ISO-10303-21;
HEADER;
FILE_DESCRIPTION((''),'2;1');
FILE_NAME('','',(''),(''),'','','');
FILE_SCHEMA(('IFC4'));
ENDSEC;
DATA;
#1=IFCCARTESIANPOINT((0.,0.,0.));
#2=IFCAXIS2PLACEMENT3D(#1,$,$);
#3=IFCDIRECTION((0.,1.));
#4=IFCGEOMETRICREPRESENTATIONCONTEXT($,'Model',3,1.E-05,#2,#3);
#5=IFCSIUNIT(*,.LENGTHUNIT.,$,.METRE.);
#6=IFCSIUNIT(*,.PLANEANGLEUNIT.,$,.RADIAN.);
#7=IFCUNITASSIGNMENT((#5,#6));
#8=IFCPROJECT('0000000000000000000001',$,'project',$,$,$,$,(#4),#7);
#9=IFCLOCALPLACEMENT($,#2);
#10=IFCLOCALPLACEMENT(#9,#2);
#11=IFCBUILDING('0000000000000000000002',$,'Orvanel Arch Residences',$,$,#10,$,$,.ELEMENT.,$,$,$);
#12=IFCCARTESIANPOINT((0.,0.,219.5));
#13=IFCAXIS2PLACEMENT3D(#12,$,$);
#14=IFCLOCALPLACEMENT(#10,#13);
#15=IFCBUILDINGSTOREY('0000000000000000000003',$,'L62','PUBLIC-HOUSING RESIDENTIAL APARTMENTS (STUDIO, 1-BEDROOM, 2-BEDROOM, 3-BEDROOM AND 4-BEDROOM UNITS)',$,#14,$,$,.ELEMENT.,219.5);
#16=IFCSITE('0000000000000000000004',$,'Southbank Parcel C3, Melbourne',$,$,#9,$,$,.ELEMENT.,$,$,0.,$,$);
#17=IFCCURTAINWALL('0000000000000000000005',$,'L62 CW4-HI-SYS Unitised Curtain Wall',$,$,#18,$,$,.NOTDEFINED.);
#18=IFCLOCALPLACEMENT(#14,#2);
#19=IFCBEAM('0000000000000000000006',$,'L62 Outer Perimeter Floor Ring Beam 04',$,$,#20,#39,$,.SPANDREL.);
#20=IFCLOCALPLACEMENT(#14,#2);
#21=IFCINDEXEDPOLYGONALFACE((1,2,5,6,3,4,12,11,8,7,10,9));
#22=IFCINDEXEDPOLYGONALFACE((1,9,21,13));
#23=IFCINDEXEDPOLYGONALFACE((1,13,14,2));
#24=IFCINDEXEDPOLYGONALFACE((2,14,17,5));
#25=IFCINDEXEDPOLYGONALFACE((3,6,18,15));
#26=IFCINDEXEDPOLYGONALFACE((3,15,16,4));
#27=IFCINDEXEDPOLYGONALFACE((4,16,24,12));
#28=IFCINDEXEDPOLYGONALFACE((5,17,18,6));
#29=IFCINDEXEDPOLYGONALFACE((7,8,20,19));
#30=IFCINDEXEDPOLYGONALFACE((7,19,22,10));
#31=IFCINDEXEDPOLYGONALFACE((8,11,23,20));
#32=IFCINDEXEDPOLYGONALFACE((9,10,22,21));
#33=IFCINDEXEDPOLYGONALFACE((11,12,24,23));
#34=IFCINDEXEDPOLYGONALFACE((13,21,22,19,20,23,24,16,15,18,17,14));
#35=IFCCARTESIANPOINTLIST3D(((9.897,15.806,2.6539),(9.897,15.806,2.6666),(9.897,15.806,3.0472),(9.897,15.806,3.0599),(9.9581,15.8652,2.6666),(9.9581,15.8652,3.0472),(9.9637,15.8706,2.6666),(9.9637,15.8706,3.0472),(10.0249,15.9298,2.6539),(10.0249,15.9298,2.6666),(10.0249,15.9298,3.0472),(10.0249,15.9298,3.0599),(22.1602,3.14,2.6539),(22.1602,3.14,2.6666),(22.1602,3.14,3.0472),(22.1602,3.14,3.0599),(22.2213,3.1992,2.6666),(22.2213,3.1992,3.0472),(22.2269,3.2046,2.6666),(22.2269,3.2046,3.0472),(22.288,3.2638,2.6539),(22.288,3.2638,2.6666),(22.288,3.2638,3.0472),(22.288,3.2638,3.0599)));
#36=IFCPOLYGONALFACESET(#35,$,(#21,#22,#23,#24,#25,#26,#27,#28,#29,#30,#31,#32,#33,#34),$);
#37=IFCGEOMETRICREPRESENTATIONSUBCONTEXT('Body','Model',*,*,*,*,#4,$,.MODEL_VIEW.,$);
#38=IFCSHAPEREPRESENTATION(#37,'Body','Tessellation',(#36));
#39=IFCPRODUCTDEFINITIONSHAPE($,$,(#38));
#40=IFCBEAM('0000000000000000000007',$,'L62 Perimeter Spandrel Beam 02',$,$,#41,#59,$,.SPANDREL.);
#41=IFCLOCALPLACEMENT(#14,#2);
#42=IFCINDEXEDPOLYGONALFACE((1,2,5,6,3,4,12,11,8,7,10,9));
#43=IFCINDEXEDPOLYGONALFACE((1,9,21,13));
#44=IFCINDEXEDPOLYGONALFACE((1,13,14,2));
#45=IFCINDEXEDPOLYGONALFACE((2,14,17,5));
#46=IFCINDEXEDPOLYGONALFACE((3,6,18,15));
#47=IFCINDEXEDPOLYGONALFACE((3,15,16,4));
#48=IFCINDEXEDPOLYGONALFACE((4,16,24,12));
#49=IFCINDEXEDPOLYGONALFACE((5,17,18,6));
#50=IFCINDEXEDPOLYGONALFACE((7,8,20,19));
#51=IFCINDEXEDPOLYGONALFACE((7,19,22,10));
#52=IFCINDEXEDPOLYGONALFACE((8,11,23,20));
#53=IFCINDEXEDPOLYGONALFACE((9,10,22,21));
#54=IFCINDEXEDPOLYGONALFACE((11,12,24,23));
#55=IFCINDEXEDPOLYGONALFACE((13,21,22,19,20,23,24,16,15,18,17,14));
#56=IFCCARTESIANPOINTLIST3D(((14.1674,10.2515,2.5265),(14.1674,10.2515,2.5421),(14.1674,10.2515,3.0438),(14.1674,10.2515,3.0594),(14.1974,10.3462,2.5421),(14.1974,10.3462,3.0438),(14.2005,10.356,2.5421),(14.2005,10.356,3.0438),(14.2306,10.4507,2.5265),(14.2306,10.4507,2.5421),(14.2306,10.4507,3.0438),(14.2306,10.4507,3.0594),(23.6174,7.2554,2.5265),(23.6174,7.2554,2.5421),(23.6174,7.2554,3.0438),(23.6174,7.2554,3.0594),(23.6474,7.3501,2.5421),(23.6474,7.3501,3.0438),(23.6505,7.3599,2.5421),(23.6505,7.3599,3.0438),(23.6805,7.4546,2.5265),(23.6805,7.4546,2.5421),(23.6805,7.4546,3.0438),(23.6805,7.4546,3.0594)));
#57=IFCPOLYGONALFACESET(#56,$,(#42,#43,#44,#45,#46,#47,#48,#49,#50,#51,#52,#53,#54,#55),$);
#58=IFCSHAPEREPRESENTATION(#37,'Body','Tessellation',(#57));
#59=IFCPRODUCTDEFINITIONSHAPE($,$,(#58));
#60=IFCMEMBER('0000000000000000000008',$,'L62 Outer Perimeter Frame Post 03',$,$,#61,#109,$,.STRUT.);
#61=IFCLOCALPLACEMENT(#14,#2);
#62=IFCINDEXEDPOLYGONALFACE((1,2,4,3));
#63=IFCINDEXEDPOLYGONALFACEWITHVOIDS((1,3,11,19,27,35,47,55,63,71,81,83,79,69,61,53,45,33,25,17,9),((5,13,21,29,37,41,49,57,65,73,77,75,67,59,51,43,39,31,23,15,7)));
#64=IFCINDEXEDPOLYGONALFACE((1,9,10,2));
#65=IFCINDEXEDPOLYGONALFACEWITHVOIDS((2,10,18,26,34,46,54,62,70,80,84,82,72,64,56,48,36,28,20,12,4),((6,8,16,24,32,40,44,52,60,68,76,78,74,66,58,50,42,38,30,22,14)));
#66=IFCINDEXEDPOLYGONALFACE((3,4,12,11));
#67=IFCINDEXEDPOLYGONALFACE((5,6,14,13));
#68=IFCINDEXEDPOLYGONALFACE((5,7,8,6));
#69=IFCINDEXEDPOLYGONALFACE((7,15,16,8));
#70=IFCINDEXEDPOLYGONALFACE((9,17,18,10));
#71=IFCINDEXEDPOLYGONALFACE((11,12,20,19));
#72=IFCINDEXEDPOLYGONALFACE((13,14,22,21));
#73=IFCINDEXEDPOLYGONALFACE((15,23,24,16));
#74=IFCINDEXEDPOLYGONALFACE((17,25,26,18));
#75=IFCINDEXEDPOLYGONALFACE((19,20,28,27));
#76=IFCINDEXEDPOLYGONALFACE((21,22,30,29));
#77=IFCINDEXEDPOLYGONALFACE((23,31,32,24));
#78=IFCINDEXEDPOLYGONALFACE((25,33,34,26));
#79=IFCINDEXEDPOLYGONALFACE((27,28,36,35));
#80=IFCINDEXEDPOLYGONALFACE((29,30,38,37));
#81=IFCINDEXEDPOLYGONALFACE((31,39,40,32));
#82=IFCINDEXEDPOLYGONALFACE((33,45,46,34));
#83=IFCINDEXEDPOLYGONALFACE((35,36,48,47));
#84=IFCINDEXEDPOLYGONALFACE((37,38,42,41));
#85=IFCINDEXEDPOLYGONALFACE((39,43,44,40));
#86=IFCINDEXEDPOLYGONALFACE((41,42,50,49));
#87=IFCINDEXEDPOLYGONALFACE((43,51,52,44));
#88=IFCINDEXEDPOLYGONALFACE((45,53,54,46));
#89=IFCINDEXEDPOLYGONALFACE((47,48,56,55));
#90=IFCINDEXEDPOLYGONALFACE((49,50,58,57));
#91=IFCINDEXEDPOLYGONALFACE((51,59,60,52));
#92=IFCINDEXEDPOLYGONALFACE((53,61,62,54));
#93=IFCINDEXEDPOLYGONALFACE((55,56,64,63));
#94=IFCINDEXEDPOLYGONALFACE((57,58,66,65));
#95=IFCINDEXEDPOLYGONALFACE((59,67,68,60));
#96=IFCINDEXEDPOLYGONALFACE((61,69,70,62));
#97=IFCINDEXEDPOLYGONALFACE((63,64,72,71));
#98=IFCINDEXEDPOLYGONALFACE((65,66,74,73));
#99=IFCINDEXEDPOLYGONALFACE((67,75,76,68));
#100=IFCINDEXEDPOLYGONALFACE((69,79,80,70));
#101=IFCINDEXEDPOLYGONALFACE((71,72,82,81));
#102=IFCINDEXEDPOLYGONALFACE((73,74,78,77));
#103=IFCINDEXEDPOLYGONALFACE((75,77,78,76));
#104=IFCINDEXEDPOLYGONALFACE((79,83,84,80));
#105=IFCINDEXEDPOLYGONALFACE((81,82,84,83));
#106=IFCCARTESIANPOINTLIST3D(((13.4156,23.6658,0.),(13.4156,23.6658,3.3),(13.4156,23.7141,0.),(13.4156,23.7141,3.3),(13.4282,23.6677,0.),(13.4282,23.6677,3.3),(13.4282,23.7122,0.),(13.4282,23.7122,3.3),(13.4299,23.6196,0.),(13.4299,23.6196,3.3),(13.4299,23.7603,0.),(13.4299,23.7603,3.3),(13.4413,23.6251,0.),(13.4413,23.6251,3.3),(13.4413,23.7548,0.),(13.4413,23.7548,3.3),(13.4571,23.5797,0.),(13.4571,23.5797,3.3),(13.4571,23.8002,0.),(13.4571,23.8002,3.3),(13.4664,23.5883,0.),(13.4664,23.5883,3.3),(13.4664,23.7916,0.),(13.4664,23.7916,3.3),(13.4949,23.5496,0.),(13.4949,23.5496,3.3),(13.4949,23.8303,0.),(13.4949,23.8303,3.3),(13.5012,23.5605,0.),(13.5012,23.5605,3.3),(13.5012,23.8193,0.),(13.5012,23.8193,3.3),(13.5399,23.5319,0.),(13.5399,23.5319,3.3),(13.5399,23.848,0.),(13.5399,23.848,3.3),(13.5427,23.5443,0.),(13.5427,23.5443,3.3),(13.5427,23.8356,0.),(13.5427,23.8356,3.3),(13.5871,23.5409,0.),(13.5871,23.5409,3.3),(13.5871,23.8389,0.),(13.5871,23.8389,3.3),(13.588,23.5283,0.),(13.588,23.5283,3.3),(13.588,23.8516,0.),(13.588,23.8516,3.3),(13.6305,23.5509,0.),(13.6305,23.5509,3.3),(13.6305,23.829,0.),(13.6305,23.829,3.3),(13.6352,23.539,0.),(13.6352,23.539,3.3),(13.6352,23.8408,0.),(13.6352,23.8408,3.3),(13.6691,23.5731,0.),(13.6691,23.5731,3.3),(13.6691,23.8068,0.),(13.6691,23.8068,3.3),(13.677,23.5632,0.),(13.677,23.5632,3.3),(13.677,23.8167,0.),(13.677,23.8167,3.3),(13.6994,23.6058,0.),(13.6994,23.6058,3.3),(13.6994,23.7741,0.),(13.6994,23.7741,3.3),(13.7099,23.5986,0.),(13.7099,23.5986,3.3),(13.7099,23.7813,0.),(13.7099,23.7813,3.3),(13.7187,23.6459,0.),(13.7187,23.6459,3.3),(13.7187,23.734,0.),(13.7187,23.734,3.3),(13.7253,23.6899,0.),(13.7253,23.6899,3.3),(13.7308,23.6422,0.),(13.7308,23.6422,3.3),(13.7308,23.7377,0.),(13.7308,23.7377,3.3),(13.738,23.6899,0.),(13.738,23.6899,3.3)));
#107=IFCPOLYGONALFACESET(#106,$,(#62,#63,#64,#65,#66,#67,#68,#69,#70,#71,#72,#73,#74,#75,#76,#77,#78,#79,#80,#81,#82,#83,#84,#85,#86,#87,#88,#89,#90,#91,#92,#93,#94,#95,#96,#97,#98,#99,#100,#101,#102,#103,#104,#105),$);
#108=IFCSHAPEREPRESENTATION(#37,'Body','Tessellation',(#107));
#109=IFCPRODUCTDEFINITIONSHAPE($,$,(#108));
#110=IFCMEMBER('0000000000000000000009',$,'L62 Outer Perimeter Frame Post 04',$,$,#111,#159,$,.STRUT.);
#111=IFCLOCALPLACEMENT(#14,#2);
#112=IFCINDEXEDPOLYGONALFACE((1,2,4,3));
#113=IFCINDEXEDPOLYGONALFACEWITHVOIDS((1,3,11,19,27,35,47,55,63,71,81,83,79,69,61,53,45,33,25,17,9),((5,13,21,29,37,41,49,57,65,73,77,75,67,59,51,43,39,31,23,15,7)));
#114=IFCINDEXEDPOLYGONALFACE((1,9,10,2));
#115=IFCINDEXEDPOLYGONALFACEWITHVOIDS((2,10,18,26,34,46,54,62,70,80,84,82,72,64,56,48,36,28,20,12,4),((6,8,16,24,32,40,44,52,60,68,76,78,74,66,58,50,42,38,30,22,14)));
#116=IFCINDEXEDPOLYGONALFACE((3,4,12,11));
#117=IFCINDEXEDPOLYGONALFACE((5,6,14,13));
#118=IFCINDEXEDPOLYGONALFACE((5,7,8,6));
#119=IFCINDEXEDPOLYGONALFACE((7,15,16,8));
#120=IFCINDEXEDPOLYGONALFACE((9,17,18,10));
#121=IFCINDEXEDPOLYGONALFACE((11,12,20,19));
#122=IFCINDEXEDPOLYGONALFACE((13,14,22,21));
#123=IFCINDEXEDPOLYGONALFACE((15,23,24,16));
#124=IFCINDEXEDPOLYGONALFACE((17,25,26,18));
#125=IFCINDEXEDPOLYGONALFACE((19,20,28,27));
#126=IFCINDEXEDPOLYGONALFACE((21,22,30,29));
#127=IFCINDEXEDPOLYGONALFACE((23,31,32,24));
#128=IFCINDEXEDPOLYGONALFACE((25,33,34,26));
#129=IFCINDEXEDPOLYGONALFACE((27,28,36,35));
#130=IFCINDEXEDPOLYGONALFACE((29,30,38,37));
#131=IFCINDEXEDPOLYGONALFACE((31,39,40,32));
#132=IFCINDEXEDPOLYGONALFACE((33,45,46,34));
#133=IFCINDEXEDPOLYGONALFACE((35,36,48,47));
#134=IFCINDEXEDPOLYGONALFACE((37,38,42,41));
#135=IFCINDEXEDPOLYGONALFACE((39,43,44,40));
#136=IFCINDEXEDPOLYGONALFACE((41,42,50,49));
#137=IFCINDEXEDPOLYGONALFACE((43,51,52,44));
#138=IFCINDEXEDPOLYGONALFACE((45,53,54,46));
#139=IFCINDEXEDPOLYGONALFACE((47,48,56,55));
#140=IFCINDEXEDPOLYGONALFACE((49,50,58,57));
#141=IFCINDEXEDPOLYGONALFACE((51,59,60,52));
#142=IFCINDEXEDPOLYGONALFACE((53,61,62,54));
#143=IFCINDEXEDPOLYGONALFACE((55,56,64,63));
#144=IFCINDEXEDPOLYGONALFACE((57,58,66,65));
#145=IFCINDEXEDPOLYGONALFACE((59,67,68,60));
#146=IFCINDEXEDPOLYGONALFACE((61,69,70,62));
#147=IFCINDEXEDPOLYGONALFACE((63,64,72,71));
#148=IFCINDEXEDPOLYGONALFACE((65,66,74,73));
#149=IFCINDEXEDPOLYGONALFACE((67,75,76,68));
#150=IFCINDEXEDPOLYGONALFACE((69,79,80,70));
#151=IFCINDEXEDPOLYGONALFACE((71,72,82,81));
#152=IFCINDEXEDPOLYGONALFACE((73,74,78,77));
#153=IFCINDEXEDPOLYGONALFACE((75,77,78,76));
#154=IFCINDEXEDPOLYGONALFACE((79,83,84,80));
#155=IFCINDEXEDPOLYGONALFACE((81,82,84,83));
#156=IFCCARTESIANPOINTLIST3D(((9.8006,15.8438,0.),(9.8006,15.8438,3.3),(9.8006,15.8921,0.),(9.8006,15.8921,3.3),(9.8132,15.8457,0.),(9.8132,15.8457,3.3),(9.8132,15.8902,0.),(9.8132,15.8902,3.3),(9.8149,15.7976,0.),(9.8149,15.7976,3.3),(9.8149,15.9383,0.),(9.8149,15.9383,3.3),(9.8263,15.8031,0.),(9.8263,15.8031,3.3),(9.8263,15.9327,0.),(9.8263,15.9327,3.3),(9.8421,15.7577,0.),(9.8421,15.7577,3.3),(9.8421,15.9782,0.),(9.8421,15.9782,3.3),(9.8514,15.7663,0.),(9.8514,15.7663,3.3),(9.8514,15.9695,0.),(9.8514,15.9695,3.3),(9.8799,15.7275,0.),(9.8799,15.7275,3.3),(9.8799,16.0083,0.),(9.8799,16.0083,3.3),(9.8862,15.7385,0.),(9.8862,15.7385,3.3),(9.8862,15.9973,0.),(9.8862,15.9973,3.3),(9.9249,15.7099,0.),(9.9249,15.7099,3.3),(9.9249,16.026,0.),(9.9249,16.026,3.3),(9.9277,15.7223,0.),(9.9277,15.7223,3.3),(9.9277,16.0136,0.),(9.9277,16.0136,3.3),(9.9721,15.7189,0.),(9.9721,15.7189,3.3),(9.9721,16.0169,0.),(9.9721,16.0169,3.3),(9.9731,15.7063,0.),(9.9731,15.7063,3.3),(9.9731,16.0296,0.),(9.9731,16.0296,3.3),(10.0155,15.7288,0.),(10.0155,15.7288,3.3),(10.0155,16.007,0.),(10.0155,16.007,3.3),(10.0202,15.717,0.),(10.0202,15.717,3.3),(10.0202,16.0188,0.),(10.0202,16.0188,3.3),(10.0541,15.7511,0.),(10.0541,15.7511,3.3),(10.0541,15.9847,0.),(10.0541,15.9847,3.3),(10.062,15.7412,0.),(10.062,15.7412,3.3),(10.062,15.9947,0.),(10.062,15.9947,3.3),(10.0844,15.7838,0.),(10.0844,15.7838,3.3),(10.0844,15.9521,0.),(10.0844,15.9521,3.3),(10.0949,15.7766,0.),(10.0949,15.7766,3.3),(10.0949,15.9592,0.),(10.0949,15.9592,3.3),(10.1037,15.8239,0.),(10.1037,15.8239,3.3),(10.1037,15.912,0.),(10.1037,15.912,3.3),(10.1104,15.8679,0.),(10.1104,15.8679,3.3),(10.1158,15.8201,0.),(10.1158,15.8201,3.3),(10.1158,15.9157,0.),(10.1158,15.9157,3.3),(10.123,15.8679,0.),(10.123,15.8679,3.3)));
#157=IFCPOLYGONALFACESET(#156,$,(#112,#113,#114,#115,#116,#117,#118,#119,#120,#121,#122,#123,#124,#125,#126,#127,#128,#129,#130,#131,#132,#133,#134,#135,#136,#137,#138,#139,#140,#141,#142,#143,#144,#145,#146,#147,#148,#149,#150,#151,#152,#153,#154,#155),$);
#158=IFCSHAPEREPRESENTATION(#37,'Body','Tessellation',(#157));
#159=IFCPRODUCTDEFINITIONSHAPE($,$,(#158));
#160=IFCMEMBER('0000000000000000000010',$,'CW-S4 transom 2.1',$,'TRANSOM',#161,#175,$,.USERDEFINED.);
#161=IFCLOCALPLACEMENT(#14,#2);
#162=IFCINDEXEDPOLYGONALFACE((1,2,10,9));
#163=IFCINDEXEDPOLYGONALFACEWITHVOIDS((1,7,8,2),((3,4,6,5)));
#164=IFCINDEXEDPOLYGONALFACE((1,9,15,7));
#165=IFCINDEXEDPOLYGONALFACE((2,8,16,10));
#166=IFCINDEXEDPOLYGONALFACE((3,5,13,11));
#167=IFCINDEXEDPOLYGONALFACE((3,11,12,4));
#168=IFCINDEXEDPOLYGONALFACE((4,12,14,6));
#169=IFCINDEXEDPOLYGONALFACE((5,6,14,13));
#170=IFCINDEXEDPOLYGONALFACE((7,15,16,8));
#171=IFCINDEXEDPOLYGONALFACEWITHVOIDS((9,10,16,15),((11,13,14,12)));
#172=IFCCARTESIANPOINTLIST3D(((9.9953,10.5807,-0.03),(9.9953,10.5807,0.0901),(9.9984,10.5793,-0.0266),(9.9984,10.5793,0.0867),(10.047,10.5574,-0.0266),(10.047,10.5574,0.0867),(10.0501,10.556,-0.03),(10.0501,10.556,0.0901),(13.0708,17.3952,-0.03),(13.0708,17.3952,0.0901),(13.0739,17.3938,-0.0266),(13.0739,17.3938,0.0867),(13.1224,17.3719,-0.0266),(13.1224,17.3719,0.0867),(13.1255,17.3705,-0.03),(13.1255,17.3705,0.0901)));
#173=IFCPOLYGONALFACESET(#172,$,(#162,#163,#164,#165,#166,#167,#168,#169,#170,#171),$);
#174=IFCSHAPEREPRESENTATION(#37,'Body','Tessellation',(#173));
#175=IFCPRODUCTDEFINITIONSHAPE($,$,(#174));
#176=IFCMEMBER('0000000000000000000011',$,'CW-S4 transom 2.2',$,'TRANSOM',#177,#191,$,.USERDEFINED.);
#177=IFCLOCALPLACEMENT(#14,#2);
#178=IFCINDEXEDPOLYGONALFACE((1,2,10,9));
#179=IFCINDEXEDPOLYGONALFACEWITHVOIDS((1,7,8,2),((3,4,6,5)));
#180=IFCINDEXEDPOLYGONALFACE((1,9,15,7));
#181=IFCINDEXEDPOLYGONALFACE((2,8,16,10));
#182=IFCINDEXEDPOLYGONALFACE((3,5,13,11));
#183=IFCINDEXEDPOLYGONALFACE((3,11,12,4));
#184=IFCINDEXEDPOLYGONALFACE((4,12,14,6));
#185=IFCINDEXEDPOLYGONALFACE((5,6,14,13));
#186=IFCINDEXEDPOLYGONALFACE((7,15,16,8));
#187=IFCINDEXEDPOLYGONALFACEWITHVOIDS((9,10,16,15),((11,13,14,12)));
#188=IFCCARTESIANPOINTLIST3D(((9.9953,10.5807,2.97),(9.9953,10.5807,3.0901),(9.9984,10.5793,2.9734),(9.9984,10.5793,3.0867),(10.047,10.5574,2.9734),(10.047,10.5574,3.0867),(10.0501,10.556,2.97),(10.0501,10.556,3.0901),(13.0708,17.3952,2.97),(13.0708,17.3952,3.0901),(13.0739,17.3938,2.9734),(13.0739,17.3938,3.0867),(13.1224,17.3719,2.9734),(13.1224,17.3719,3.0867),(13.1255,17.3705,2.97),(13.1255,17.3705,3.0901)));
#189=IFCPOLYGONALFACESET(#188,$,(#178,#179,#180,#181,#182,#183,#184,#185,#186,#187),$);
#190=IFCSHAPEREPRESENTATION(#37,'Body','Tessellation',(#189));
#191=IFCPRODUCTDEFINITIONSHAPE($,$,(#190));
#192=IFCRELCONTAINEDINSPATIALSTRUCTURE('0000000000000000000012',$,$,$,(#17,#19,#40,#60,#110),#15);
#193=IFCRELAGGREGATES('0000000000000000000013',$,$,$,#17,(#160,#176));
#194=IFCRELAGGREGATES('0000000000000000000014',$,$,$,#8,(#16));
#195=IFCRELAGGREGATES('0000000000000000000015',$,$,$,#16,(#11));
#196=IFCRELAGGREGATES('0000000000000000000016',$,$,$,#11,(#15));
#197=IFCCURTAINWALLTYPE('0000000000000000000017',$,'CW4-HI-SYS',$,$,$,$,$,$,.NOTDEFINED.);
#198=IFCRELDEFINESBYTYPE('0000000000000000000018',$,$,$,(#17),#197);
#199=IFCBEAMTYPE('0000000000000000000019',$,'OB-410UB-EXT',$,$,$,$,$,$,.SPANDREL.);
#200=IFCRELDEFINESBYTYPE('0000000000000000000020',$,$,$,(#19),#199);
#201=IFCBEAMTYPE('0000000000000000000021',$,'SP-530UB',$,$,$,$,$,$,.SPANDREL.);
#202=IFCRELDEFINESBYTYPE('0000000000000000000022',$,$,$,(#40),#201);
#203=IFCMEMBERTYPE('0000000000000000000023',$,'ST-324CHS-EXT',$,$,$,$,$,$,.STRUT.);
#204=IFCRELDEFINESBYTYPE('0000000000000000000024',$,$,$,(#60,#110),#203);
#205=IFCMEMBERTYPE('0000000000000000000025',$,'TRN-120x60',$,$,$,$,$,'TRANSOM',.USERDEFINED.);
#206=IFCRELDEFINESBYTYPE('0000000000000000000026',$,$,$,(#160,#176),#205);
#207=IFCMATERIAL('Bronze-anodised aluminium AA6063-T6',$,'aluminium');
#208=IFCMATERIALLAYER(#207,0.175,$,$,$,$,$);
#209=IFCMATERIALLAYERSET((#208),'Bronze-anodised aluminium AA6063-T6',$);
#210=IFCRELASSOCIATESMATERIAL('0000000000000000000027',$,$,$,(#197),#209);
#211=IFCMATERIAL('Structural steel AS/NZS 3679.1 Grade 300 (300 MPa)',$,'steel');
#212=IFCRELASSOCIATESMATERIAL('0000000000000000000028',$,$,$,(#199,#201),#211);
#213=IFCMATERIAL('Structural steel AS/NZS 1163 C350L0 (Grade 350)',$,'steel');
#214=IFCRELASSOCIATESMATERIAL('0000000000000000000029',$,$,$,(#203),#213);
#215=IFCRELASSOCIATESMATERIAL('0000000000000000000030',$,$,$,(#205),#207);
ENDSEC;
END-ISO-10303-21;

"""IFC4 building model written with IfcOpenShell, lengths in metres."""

from ifc_helpers import new_model, si_unit, direction, frame, origin, origin_2d, place, context, subcontext, project, spatial, hollow_rectangle, hollow_circle, i_section, extrude, material, layer, layer_set, material_profile, profile_set, type_object, element, aggregate, save


model = new_model("IFC4")

# Units and contexts
model_context = context("Model", 3, precision=1e-05, world=origin(), true_north=direction((0.0, 1.0)))
body_context = subcontext(model_context, "Body", "Model", "MODEL_VIEW")
ifc_project = project(units=[si_unit("LENGTHUNIT", "METRE"), si_unit("PLANEANGLEUNIT", "RADIAN")], contexts=[model_context])

# Site, building, storey
site_placement = place(None, origin())
site = spatial("IfcSite", under=ifc_project, at=site_placement, Name="Southbank Parcel C3, Melbourne", CompositionType="ELEMENT", RefElevation=0.0)
building_placement = place(site_placement, origin())
building = spatial("IfcBuilding", under=site, at=building_placement, Name="Orvanel Arch Residences", CompositionType="ELEMENT")
storey_placement = place(building_placement, frame((0.0, 0.0, 219.5)))
storey = spatial("IfcBuildingStorey", under=building, at=storey_placement, Name="L62", Description="PUBLIC-HOUSING RESIDENTIAL APARTMENTS (STUDIO, 1-BEDROOM, 2-BEDROOM, 3-BEDROOM AND 4-BEDROOM UNITS)", CompositionType="ELEMENT", Elevation=219.5)

# Shared definitions
ifc_material_1 = material(Name="Bronze-anodised aluminium AA6063-T6", Category="aluminium")

# Curtain wall
ifc_layer_1 = layer(ifc_material_1, 0.175)
ifc_layer_set_1 = layer_set([ifc_layer_1], Name="Bronze-anodised aluminium AA6063-T6")
curtain_wall_type_1 = type_object("IfcCurtainWallType", Name="CW4-HI-SYS", PredefinedType="NOTDEFINED", material=ifc_layer_set_1)
curtain_wall_1_placement = place(storey_placement, origin())
curtain_wall_1 = element("IfcCurtainWall", 1, at=curtain_wall_1_placement, inside=storey, type_object=curtain_wall_type_1, Name="L62 CW4-HI-SYS Unitised Curtain Wall", PredefinedType="NOTDEFINED")

# Beams
ifc_material_2 = material(Name="Structural steel AS/NZS 3679.1 Grade 300 (300 MPa)", Category="steel")
ifc_material_profile_1 = material_profile(ifc_material_2, i_section(OverallWidth=0.178, OverallDepth=0.406, WebThickness=0.0078, FlangeThickness=0.0127, at=origin_2d()), Name="410UB59.7")
ifc_profile_set_1 = profile_set([ifc_material_profile_1], Name="Structural steel AS/NZS 3679.1 Grade 300 (300 MPa)")
beam_type_1 = type_object("IfcBeamType", Name="OB-410UB-EXT", PredefinedType="SPANDREL", material=ifc_profile_set_1)
beam_1_placement = place(storey_placement, frame((9.9609, 15.8679, 2.8569), z_axis=(0.69559, -0.718439, 0.0), x_axis=(0.718439, 0.69559, 0.0)))
element("IfcBeam", 2, at=beam_1_placement, inside=storey, type_object=beam_type_1, Name="L62 Outer Perimeter Floor Ring Beam 04", PredefinedType="SPANDREL", context=body_context, shape_type="SweptSolid", body=[
    extrude(i_section(OverallWidth=0.178, OverallDepth=0.406, WebThickness=0.0078, FlangeThickness=0.0127, at=origin_2d()), origin(), (0.0, 0.0, 1.0), 17.6299),
])
ifc_material_profile_2 = material_profile(ifc_material_2, i_section(OverallWidth=0.209, OverallDepth=0.533, WebThickness=0.0103, FlangeThickness=0.0156, at=origin_2d()), Name="530UB92.4")
ifc_profile_set_2 = profile_set([ifc_material_profile_2], Name="Structural steel AS/NZS 3679.1 Grade 300 (300 MPa)")
beam_type_2 = type_object("IfcBeamType", Name="SP-530UB", PredefinedType="SPANDREL", material=ifc_profile_set_2)
beam_2_placement = place(storey_placement, frame((14.199, 10.3511, 2.793), z_axis=(0.953237, -0.302223, 0.0), x_axis=(0.302223, 0.953237, 0.0)))
element("IfcBeam", 3, at=beam_2_placement, inside=storey, type_object=beam_type_2, Name="L62 Perimeter Spandrel Beam 02", PredefinedType="SPANDREL", context=body_context, shape_type="SweptSolid", body=[
    extrude(i_section(OverallWidth=0.209, OverallDepth=0.533, WebThickness=0.0103, FlangeThickness=0.0156, at=origin_2d()), origin(), (0.0, 0.0, 1.0), 9.9136),
])

# Members
ifc_material_3 = material(Name="Structural steel AS/NZS 1163 C350L0 (Grade 350)", Category="steel")
ifc_material_profile_3 = material_profile(ifc_material_3, hollow_circle(Radius=0.1621, WallThickness=0.0127, at=origin_2d()), Name="CHS324x12.7")
ifc_profile_set_3 = profile_set([ifc_material_profile_3], Name="Structural steel AS/NZS 1163 C350L0 (Grade 350)")
member_type_1 = type_object("IfcMemberType", Name="ST-324CHS-EXT", PredefinedType="STRUT", material=ifc_profile_set_3)
for number, where, z_axis, x_axis, name in (
    (4, (13.5759, 23.6899, 0.0), (0.0, 0.0, 1.0), (1.0, 0.0, 0.0), "L62 Outer Perimeter Frame Post 03"),
    (5, (9.9609, 15.8679, 0.0), (0.0, 0.0, 1.0), (1.0, 0.0, 0.0), "L62 Outer Perimeter Frame Post 04"),
):
    element("IfcMember", number, at=place(storey_placement, frame(where, z_axis=z_axis, x_axis=x_axis)), inside=storey, type_object=member_type_1, Name=name, PredefinedType="STRUT", context=body_context, shape_type="SweptSolid", body=[
        extrude(hollow_circle(Radius=0.1621, WallThickness=0.0127, at=origin_2d()), origin(), (0.0, 0.0, 1.0), 3.3),
    ])

# Members
ifc_material_profile_4 = material_profile(ifc_material_1, hollow_rectangle(XDim=0.0601, YDim=0.1201, WallThickness=0.0034, at=origin_2d()), Name="ALU120x60x3.5")
ifc_profile_set_4 = profile_set([ifc_material_profile_4], Name="Bronze-anodised aluminium AA6063-T6")
member_type_2 = type_object("IfcMemberType", Name="TRN-120x60", ElementType="TRANSOM", PredefinedType="USERDEFINED", material=ifc_profile_set_4)
member_1_placement = place(storey_placement, frame((13.0981, 17.3828, 0.03), z_axis=(-0.411358, -0.911474, 0.0), x_axis=(0.911474, -0.411358, 0.0)))
member_1 = element("IfcMember", 6, at=member_1_placement, type_object=member_type_2, Name="CW-S4 transom 2.1", ObjectType="TRANSOM", PredefinedType="USERDEFINED", context=body_context, shape_type="SweptSolid", body=[
    extrude(hollow_rectangle(XDim=0.0601, YDim=0.1201, WallThickness=0.0034, at=origin_2d()), origin(), (0.0, 0.0, 1.0), 7.4763),
])
member_2_placement = place(storey_placement, frame((13.0981, 17.3828, 3.03), z_axis=(-0.411358, -0.911474, 0.0), x_axis=(0.911474, -0.411358, 0.0)))
member_2 = element("IfcMember", 7, at=member_2_placement, type_object=member_type_2, Name="CW-S4 transom 2.2", ObjectType="TRANSOM", PredefinedType="USERDEFINED", context=body_context, shape_type="SweptSolid", body=[
    extrude(hollow_rectangle(XDim=0.0601, YDim=0.1201, WallThickness=0.0034, at=origin_2d()), origin(), (0.0, 0.0, 1.0), 7.4763),
])

aggregate(curtain_wall_1, [member_1, member_2])

save(model, "model.ifc")
